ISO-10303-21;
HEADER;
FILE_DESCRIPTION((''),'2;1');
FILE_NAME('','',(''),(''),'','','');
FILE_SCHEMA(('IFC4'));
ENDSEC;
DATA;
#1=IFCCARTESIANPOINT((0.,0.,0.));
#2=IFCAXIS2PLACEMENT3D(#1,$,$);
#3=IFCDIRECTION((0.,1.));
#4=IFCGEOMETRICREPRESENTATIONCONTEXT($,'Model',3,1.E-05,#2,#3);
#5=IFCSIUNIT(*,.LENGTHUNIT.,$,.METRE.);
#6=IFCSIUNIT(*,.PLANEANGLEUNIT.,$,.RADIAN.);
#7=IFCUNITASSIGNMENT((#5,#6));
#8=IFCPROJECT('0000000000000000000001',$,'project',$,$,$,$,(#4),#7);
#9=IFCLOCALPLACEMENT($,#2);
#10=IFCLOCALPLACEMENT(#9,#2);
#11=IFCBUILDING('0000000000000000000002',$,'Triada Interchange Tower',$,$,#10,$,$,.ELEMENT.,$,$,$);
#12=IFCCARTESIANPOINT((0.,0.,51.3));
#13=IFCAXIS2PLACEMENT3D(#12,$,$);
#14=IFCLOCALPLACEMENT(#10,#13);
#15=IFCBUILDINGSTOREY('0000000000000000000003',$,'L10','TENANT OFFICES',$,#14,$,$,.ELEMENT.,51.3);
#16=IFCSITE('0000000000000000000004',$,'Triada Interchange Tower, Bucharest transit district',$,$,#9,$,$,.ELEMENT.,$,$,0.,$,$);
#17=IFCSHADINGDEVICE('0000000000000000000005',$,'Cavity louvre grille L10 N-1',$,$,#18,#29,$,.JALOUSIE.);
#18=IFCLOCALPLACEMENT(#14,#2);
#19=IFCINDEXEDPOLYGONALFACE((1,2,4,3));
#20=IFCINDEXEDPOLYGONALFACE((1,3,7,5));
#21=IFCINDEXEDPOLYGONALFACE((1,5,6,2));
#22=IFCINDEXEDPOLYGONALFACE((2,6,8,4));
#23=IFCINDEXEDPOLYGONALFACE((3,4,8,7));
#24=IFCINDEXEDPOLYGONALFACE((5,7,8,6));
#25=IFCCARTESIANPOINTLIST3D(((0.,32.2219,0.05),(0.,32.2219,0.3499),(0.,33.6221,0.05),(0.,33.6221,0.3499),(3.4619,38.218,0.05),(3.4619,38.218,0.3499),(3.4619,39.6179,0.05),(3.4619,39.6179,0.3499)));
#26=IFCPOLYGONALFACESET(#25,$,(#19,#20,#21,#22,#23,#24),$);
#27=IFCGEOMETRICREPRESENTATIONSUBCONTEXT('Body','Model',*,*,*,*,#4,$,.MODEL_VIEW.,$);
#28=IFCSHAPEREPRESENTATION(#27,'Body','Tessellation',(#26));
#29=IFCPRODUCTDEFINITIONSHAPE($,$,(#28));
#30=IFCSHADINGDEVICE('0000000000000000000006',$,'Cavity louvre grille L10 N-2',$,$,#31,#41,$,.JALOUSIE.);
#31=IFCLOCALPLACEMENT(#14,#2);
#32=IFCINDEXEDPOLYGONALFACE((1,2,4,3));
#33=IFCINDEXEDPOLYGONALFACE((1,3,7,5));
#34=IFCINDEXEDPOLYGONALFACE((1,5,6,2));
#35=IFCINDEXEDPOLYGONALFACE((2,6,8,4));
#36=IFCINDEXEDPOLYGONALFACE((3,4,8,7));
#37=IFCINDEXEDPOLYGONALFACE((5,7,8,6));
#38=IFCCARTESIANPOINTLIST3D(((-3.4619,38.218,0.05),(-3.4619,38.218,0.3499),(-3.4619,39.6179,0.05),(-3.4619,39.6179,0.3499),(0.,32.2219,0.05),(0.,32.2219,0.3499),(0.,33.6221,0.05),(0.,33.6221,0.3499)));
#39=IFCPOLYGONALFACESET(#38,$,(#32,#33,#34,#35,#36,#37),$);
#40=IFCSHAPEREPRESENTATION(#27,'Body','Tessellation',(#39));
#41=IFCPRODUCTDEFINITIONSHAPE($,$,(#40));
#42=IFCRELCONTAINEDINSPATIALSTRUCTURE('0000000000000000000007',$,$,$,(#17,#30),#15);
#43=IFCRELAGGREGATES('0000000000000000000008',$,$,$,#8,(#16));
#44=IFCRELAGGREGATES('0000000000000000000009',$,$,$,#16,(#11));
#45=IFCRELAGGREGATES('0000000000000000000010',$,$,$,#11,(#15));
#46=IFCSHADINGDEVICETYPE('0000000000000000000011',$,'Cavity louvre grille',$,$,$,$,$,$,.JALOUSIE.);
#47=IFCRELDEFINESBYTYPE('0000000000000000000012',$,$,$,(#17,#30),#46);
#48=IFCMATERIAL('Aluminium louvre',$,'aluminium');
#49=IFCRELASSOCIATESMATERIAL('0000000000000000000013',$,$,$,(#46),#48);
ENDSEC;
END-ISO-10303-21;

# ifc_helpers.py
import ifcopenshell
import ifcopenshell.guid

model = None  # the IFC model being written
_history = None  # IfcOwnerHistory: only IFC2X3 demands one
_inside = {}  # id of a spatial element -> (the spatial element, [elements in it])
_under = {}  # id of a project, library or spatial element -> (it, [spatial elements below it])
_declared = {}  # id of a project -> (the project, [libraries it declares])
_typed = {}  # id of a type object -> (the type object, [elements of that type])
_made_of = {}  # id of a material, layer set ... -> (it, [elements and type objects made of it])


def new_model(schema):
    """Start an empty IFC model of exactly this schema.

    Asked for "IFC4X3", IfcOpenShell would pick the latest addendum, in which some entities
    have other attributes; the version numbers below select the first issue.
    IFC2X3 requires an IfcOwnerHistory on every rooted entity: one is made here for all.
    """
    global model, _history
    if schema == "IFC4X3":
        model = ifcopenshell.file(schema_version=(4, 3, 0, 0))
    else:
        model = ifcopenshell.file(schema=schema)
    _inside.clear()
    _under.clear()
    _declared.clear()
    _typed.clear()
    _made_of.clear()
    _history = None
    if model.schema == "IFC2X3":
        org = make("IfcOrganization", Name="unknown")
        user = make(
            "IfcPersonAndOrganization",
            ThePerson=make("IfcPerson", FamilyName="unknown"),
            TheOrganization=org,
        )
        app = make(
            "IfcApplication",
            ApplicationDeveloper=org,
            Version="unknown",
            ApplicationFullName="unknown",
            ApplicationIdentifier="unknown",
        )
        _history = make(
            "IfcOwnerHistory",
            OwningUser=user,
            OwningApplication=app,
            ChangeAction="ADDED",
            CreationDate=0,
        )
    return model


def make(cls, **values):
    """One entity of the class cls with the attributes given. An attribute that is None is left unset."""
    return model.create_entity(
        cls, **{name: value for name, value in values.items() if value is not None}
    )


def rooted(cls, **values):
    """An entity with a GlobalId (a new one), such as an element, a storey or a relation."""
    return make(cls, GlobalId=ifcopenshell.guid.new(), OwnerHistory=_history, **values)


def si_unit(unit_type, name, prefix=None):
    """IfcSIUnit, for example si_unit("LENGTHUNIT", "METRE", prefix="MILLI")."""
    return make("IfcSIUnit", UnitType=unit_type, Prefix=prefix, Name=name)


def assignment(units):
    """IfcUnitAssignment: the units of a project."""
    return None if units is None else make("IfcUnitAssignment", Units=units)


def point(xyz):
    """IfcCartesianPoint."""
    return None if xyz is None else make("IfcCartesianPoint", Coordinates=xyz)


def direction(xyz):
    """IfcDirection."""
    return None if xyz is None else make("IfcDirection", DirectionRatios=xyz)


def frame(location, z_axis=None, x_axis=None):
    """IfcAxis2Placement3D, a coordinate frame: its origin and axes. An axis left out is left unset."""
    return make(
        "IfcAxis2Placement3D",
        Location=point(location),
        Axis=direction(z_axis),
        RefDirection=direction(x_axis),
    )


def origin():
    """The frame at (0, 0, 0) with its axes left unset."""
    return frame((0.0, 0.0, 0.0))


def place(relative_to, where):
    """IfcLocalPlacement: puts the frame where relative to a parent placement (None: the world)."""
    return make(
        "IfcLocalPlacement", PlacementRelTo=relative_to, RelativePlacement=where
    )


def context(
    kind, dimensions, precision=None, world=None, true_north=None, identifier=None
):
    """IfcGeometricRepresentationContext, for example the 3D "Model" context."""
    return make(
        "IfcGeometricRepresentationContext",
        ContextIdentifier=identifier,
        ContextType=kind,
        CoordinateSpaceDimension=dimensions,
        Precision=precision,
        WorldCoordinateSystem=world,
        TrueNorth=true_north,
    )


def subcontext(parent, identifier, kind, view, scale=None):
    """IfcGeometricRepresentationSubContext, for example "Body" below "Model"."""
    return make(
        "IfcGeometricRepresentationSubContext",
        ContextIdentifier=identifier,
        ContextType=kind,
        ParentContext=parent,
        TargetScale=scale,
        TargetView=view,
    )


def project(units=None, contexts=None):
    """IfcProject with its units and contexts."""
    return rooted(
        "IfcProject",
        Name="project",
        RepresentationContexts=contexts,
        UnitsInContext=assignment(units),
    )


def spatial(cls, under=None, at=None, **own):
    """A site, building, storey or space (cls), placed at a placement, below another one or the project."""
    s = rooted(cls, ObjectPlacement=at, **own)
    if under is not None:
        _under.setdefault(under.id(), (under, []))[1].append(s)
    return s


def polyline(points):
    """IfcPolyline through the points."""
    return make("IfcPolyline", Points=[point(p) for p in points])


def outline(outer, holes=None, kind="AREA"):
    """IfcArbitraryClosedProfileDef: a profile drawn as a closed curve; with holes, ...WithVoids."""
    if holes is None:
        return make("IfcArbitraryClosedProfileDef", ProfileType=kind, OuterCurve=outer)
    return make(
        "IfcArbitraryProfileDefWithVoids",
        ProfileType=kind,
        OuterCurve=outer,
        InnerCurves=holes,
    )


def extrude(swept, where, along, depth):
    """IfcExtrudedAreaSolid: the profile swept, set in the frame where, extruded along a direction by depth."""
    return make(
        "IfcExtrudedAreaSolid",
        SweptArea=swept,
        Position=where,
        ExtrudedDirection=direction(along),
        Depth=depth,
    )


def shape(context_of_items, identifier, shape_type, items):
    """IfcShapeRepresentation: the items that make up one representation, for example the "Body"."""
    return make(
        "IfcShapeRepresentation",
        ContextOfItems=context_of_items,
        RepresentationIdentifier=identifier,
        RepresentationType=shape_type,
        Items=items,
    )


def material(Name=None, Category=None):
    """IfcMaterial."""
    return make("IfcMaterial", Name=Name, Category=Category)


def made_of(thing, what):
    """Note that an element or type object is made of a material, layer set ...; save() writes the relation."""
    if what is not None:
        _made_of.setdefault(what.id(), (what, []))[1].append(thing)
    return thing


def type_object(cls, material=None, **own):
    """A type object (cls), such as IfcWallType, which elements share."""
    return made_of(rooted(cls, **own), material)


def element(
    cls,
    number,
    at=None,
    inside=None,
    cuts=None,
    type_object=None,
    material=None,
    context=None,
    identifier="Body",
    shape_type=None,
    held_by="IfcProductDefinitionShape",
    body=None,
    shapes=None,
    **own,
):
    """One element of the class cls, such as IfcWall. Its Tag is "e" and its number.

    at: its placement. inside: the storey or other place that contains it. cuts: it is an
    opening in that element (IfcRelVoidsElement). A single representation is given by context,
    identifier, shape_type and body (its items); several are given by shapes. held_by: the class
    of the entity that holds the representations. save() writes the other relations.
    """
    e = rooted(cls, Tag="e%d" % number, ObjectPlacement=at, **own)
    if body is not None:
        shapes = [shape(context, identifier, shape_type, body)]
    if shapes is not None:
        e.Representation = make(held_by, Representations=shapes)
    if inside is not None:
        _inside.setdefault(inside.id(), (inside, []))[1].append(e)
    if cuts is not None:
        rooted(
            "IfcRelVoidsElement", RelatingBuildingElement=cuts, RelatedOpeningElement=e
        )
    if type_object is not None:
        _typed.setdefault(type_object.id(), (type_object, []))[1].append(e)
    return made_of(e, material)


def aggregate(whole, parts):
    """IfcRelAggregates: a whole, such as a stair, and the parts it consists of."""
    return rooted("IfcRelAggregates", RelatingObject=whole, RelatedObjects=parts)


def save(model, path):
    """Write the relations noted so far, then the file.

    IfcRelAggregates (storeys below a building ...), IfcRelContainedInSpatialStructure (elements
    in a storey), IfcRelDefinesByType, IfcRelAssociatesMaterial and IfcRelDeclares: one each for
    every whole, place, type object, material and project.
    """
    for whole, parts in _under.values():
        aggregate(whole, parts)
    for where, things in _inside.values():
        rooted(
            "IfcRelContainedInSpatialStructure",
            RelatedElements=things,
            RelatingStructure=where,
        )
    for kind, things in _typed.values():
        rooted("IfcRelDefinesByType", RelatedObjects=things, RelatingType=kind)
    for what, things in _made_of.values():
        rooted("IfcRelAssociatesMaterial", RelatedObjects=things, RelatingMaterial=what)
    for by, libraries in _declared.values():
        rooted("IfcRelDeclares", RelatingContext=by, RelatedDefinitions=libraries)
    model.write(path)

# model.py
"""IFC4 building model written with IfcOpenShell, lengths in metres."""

from ifc_helpers import new_model, si_unit, direction, frame, origin, place, context, subcontext, project, spatial, polyline, outline, extrude, material, type_object, element, save


model = new_model("IFC4")

# Units and contexts
model_context = context("Model", 3, precision=1e-05, world=origin(), true_north=direction((0.0, 1.0)))
body_context = subcontext(model_context, "Body", "Model", "MODEL_VIEW")
ifc_project = project(units=[si_unit("LENGTHUNIT", "METRE"), si_unit("PLANEANGLEUNIT", "RADIAN")], contexts=[model_context])

# Site, building, storey
site_placement = place(None, origin())
site = spatial("IfcSite", under=ifc_project, at=site_placement, Name="Triada Interchange Tower, Bucharest transit district", CompositionType="ELEMENT", RefElevation=0.0)
building_placement = place(site_placement, origin())
building = spatial("IfcBuilding", under=site, at=building_placement, Name="Triada Interchange Tower", CompositionType="ELEMENT")
storey_placement = place(building_placement, frame((0.0, 0.0, 51.3)))
storey = spatial("IfcBuildingStorey", under=building, at=storey_placement, Name="L10", Description="TENANT OFFICES", CompositionType="ELEMENT", Elevation=51.3)

# Shading devices
ifc_material_1 = material(Name="Aluminium louvre", Category="aluminium")
shading_device_type = type_object("IfcShadingDeviceType", Name="Cavity louvre grille", PredefinedType="JALOUSIE", material=ifc_material_1)
shading_device_1_placement = place(storey_placement, frame((0.0, 0.0, 0.05)))
element("IfcShadingDevice", 1, at=shading_device_1_placement, inside=storey, type_object=shading_device_type, Name="Cavity louvre grille L10 N-1", PredefinedType="JALOUSIE", context=body_context, shape_type="SweptSolid", body=[
    extrude(outline(polyline([(3.4619, 38.218), (3.4619, 39.6179), (0.0, 33.6221), (0.0, 32.2219), (3.4619, 38.218)])), origin(), (0.0, 0.0, 1.0), 0.2998),
])
shading_device_2_placement = place(storey_placement, frame((0.0, 0.0, 0.05)))
element("IfcShadingDevice", 2, at=shading_device_2_placement, inside=storey, type_object=shading_device_type, Name="Cavity louvre grille L10 N-2", PredefinedType="JALOUSIE", context=body_context, shape_type="SweptSolid", body=[
    extrude(outline(polyline([(0.0, 32.2219), (0.0, 33.6221), (-3.4619, 39.6179), (-3.4619, 38.218), (0.0, 32.2219)])), origin(), (0.0, 0.0, 1.0), 0.2998),
])

save(model, "model.ifc")
